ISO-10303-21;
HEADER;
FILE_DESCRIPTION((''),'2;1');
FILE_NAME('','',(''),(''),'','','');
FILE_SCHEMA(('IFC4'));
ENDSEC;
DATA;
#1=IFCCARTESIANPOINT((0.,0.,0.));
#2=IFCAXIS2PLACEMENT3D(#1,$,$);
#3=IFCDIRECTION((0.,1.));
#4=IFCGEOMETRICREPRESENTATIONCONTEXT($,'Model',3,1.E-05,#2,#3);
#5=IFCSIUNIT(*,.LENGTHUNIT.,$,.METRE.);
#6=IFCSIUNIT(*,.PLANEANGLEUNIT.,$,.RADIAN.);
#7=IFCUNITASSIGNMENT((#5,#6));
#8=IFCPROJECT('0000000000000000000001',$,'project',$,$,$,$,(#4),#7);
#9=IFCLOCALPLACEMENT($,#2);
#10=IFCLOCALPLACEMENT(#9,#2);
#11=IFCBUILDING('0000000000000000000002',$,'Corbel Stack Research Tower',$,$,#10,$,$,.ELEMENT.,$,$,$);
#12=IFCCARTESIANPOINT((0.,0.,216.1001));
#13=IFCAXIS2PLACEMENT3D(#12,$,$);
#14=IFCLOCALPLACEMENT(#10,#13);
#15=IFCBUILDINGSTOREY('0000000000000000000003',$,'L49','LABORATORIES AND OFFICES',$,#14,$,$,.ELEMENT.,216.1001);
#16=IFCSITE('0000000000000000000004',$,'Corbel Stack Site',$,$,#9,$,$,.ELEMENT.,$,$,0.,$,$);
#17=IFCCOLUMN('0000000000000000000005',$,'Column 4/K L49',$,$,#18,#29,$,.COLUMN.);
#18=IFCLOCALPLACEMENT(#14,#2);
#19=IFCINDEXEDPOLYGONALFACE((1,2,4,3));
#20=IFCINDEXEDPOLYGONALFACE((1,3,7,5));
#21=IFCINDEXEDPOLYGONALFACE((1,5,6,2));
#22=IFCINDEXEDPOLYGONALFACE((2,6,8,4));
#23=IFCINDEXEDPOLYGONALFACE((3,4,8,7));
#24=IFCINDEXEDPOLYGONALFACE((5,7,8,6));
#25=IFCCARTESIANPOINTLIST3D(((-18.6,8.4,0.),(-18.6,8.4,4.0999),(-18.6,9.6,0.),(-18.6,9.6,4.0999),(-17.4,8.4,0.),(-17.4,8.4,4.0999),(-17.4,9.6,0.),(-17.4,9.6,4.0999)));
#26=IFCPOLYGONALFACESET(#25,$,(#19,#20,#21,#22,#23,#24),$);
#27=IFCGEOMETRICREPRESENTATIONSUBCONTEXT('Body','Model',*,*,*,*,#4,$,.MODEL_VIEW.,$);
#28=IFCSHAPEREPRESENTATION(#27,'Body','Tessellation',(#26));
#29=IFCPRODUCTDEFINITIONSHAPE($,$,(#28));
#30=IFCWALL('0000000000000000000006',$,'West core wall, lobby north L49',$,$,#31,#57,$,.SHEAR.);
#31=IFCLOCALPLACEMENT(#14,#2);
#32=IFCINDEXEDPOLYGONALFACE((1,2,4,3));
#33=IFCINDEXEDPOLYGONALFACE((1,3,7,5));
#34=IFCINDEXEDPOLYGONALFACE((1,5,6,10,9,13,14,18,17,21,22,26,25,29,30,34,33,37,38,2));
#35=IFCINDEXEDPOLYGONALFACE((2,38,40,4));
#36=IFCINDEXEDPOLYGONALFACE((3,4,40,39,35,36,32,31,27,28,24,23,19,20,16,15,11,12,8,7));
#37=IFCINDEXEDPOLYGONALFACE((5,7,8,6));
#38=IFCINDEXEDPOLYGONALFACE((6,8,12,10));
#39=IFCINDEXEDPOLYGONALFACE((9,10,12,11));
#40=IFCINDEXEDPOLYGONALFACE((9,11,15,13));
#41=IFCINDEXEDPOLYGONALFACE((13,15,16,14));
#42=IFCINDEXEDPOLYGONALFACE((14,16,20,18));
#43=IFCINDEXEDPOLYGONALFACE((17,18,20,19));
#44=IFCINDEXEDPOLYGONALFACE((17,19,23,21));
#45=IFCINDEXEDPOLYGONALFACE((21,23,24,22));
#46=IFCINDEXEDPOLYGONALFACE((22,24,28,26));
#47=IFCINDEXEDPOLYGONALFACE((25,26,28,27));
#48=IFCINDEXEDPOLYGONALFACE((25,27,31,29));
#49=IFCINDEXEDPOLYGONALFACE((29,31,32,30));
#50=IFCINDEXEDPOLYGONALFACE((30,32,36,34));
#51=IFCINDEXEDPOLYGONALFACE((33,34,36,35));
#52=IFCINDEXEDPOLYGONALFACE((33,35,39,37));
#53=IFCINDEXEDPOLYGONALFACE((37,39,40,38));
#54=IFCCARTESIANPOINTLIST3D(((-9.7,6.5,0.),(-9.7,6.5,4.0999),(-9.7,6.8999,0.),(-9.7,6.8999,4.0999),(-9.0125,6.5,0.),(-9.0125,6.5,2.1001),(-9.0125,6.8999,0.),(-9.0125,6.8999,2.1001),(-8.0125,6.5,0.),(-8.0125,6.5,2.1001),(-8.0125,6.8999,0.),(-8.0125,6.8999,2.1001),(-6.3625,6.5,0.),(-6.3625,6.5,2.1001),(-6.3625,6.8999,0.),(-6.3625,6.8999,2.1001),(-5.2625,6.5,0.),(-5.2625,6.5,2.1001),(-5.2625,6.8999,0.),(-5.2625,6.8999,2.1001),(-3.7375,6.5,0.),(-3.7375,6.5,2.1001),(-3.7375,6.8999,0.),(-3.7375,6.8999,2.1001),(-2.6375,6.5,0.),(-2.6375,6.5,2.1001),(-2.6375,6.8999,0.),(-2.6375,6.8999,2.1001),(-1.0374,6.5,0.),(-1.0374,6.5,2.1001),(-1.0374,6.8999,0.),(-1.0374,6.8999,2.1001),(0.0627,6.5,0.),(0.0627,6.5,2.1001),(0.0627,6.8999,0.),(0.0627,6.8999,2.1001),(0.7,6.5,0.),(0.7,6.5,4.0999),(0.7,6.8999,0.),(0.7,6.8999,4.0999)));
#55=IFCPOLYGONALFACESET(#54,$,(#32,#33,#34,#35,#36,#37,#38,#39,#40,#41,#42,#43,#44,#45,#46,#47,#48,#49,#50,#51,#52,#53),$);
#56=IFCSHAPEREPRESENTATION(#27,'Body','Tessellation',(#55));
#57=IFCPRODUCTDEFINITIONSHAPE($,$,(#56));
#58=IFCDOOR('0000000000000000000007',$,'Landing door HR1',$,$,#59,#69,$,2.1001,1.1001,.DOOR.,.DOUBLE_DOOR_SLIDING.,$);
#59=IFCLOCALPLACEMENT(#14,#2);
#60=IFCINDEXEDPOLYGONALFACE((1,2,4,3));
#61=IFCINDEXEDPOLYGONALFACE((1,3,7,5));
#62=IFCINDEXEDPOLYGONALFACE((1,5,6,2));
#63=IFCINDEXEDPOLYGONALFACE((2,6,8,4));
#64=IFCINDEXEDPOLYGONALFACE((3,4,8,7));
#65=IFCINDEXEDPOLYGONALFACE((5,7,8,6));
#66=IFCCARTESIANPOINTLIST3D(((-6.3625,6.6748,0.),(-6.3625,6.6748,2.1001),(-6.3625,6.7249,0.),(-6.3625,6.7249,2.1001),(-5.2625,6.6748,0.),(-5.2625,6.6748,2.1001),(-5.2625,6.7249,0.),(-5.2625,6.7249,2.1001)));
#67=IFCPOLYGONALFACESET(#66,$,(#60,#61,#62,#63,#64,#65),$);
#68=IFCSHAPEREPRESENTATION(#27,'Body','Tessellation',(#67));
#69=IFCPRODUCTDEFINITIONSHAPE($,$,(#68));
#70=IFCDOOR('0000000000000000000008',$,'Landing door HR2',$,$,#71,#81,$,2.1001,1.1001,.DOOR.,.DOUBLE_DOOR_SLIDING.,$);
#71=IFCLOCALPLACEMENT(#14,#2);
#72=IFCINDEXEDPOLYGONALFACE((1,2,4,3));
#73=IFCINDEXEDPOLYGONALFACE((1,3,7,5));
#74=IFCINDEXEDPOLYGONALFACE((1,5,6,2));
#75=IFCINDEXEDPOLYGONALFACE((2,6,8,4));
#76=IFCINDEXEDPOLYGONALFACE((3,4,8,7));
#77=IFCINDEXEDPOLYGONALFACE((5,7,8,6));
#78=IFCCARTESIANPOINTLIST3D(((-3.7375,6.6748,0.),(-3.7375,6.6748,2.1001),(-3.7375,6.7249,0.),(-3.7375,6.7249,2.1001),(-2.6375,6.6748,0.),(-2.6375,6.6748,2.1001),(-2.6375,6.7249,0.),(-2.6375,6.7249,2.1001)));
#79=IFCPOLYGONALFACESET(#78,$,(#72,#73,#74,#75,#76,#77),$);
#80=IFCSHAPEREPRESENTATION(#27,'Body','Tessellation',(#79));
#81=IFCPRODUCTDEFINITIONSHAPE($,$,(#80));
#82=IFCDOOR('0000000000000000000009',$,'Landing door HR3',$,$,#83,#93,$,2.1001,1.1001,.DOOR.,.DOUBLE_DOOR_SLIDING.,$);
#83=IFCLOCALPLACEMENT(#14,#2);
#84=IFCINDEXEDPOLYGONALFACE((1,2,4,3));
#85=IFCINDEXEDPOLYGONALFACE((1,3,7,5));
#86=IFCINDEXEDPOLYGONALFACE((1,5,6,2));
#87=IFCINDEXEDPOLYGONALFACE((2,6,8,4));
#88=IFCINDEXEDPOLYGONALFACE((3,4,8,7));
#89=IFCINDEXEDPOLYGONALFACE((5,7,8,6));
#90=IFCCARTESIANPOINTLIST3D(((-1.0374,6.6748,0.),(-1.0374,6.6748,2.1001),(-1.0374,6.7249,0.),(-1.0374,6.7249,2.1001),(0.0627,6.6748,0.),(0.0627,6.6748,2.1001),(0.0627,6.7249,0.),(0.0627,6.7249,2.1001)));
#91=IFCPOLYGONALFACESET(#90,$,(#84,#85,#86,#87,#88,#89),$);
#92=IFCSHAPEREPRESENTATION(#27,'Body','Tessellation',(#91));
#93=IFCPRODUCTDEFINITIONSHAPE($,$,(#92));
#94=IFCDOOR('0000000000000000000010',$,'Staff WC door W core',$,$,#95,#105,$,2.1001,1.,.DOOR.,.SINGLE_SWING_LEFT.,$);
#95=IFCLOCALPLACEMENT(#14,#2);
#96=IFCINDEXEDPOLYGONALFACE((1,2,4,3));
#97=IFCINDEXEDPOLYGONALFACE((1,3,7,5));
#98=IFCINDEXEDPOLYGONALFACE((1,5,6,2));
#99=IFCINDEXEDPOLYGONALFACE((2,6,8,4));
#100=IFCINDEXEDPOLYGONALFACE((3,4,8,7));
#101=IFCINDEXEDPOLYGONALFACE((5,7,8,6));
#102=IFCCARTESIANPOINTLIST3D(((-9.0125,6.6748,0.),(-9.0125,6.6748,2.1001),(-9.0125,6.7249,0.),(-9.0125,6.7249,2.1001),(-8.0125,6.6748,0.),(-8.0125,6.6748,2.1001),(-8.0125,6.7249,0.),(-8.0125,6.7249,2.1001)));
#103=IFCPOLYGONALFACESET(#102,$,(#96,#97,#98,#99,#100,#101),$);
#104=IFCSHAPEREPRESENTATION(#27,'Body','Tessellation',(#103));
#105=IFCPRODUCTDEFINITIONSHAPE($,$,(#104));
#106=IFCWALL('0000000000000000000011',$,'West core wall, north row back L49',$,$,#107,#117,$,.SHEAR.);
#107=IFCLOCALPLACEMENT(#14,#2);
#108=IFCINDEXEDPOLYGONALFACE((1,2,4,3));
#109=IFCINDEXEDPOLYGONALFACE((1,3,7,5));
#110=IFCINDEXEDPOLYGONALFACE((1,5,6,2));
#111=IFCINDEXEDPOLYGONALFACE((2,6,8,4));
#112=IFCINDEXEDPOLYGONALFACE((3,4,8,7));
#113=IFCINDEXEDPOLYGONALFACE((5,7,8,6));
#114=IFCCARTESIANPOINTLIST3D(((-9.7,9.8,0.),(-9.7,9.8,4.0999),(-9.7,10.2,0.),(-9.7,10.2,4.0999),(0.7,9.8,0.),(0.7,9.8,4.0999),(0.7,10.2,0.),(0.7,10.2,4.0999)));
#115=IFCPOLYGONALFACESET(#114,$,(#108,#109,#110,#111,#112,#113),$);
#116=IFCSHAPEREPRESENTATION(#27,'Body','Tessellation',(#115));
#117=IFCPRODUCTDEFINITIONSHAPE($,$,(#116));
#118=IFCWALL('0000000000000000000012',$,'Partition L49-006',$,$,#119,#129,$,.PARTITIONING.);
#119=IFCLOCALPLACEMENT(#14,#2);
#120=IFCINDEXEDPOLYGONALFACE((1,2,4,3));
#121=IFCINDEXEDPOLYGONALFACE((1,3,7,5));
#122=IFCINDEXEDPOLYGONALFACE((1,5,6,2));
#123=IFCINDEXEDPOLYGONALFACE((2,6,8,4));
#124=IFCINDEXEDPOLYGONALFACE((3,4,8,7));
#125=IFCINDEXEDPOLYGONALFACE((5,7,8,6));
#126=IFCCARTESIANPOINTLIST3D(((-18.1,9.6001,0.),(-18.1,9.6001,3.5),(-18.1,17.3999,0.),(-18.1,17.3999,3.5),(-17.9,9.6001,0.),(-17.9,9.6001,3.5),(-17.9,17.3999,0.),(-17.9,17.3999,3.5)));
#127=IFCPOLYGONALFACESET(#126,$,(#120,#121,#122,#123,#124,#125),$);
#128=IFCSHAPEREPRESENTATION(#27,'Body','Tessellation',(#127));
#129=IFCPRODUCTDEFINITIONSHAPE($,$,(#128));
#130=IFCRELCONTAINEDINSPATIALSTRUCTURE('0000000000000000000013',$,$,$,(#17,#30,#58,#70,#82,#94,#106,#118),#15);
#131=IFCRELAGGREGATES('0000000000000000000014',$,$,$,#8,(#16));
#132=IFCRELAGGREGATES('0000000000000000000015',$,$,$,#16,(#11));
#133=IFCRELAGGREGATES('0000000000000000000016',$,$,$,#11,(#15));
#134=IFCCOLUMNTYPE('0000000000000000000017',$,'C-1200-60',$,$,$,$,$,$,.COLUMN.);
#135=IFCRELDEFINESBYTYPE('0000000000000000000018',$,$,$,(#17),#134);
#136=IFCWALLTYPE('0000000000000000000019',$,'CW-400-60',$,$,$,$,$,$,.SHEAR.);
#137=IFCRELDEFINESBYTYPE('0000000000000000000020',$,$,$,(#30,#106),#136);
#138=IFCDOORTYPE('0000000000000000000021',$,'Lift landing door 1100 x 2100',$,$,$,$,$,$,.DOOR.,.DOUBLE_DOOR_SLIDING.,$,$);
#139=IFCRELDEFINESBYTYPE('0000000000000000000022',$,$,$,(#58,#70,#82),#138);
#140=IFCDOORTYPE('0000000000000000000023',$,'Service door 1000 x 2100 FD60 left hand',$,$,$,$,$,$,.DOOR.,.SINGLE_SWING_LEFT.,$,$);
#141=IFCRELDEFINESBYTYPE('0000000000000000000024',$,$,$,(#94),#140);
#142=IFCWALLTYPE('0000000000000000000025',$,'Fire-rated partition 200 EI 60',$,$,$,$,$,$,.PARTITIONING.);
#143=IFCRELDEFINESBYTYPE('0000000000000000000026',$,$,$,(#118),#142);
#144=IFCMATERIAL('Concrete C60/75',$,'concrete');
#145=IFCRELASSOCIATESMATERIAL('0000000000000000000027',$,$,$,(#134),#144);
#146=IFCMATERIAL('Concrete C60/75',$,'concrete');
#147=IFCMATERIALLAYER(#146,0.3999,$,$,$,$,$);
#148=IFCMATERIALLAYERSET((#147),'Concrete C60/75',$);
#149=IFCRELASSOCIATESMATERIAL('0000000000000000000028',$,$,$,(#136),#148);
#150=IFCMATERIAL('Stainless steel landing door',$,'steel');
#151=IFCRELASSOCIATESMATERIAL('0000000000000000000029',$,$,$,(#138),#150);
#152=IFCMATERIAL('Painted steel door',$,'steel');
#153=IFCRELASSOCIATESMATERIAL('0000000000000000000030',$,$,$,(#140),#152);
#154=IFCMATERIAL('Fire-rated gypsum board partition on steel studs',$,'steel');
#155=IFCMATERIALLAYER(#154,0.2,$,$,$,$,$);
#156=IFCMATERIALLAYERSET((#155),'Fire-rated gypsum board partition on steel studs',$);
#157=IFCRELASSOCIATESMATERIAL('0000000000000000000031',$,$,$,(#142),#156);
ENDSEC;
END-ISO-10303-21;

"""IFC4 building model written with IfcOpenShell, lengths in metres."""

from ifc_helpers import new_model, si_unit, direction, frame, frame_2d, origin, origin_2d, place, context, subcontext, project, spatial, rectangle, extrude, material, layer, layer_set, material_profile, profile_set, type_object, element, fill, save


model = new_model("IFC4")

# Units and contexts
model_context = context("Model", 3, precision=1e-05, world=origin(), true_north=direction((0.0, 1.0)))
body_context = subcontext(model_context, "Body", "Model", "MODEL_VIEW")
ifc_project = project(units=[si_unit("LENGTHUNIT", "METRE"), si_unit("PLANEANGLEUNIT", "RADIAN")], contexts=[model_context])

# Site, building, storey
site_placement = place(None, origin())
site = spatial("IfcSite", under=ifc_project, at=site_placement, Name="Corbel Stack Site", CompositionType="ELEMENT", RefElevation=0.0)
building_placement = place(site_placement, origin())
building = spatial("IfcBuilding", under=site, at=building_placement, Name="Corbel Stack Research Tower", CompositionType="ELEMENT")
storey_placement = place(building_placement, frame((0.0, 0.0, 216.1001)))
storey = spatial("IfcBuildingStorey", under=building, at=storey_placement, Name="L49", Description="LABORATORIES AND OFFICES", CompositionType="ELEMENT", Elevation=216.1001)

# Column
ifc_material_1 = material(Name="Concrete C60/75", Category="concrete")
ifc_material_profile = material_profile(ifc_material_1, rectangle(XDim=1.2, YDim=1.2, at=origin_2d()), Name="RC 1200 x 1200")
ifc_profile_set = profile_set([ifc_material_profile], Name="Concrete C60/75")
column_type = type_object("IfcColumnType", Name="C-1200-60", PredefinedType="COLUMN", material=ifc_profile_set)
column_placement = place(storey_placement, frame((-18.0, 9.0, 0.0), z_axis=(0.0, 0.0, 1.0), x_axis=(1.0, 0.0, 0.0)))
element("IfcColumn", 1, at=column_placement, inside=storey, type_object=column_type, Name="Column 4/K L49", PredefinedType="COLUMN", context=body_context, shape_type="SweptSolid", body=[
    extrude(rectangle(XDim=1.2, YDim=1.2, at=origin_2d()), origin(), (0.0, 0.0, 1.0), 4.0999),
])

# Wall, openings, doors
ifc_material_2 = material(Name="Concrete C60/75", Category="concrete")
ifc_layer_1 = layer(ifc_material_2, 0.3999)
ifc_layer_set_1 = layer_set([ifc_layer_1], Name="Concrete C60/75")
wall_type_1 = type_object("IfcWallType", Name="CW-400-60", PredefinedType="SHEAR", material=ifc_layer_set_1)
wall_1_placement = place(storey_placement, frame((-9.7, 6.7, 0.0), z_axis=(0.0, 0.0, 1.0), x_axis=(1.0, 0.0, 0.0)))
wall_1 = element("IfcWall", 2, at=wall_1_placement, inside=storey, type_object=wall_type_1, Name="West core wall, lobby north L49", PredefinedType="SHEAR", context=body_context, shape_type="SweptSolid", body=[
    extrude(rectangle(XDim=10.3999, YDim=0.3999, at=frame_2d((5.2, 0.0))), origin(), (0.0, 0.0, 1.0), 4.0999),
])
opening_1_placement = place(wall_1_placement, frame((3.3374, 0.0, 0.0)))
opening_1 = element("IfcOpeningElement", 3, at=opening_1_placement, cuts=wall_1, PredefinedType="OPENING", context=body_context, shape_type="SweptSolid", body=[
    extrude(rectangle(XDim=1.1001, YDim=2.1001, at=frame_2d((0.55, 1.05))), frame((0.0, 0.21, 0.0), z_axis=(0.0, -1.0, 0.0), x_axis=(1.0, 0.0, 0.0)), (0.0, 0.0, 1.0), 0.4199),
])
opening_2_placement = place(wall_1_placement, frame((5.9624, 0.0, 0.0)))
opening_2 = element("IfcOpeningElement", 4, at=opening_2_placement, cuts=wall_1, PredefinedType="OPENING", context=body_context, shape_type="SweptSolid", body=[
    extrude(rectangle(XDim=1.1001, YDim=2.1001, at=frame_2d((0.55, 1.05))), frame((0.0, 0.21, 0.0), z_axis=(0.0, -1.0, 0.0), x_axis=(1.0, 0.0, 0.0)), (0.0, 0.0, 1.0), 0.4199),
])
opening_3_placement = place(wall_1_placement, frame((8.6626, 0.0, 0.0)))
opening_3 = element("IfcOpeningElement", 5, at=opening_3_placement, cuts=wall_1, PredefinedType="OPENING", context=body_context, shape_type="SweptSolid", body=[
    extrude(rectangle(XDim=1.1001, YDim=2.1001, at=frame_2d((0.55, 1.05))), frame((0.0, 0.21, 0.0), z_axis=(0.0, -1.0, 0.0), x_axis=(1.0, 0.0, 0.0)), (0.0, 0.0, 1.0), 0.4199),
])
opening_4_placement = place(wall_1_placement, frame((0.6875, 0.0, 0.0)))
opening_4 = element("IfcOpeningElement", 6, at=opening_4_placement, cuts=wall_1, PredefinedType="OPENING", context=body_context, shape_type="SweptSolid", body=[
    extrude(rectangle(XDim=1.0, YDim=2.1001, at=frame_2d((0.5, 1.05))), frame((0.0, 0.21, 0.0), z_axis=(0.0, -1.0, 0.0), x_axis=(1.0, 0.0, 0.0)), (0.0, 0.0, 1.0), 0.4199),
])
ifc_material_3 = material(Name="Stainless steel landing door", Category="steel")
door_type_1 = type_object("IfcDoorType", Name="Lift landing door 1100 x 2100", OperationType="DOUBLE_DOOR_SLIDING", PredefinedType="DOOR", material=ifc_material_3)
door_1_placement = place(opening_1_placement, origin())
door_1 = element("IfcDoor", 7, at=door_1_placement, inside=storey, type_object=door_type_1, Name="Landing door HR1", OperationType="DOUBLE_DOOR_SLIDING", OverallHeight=2.1001, OverallWidth=1.1001, PredefinedType="DOOR", context=body_context, shape_type="SweptSolid", body=[
    extrude(rectangle(XDim=1.1001, YDim=2.1001, at=frame_2d((0.55, 1.05))), frame((0.0, 0.0249, 0.0), z_axis=(0.0, -1.0, 0.0), x_axis=(1.0, 0.0, 0.0)), (0.0, 0.0, 1.0), 0.05),
])
fill(opening_1, door_1)
door_2_placement = place(opening_2_placement, origin())
door_2 = element("IfcDoor", 8, at=door_2_placement, inside=storey, type_object=door_type_1, Name="Landing door HR2", OperationType="DOUBLE_DOOR_SLIDING", OverallHeight=2.1001, OverallWidth=1.1001, PredefinedType="DOOR", context=body_context, shape_type="SweptSolid", body=[
    extrude(rectangle(XDim=1.1001, YDim=2.1001, at=frame_2d((0.55, 1.05))), frame((0.0, 0.0249, 0.0), z_axis=(0.0, -1.0, 0.0), x_axis=(1.0, 0.0, 0.0)), (0.0, 0.0, 1.0), 0.05),
])
fill(opening_2, door_2)
door_3_placement = place(opening_3_placement, origin())
door_3 = element("IfcDoor", 9, at=door_3_placement, inside=storey, type_object=door_type_1, Name="Landing door HR3", OperationType="DOUBLE_DOOR_SLIDING", OverallHeight=2.1001, OverallWidth=1.1001, PredefinedType="DOOR", context=body_context, shape_type="SweptSolid", body=[
    extrude(rectangle(XDim=1.1001, YDim=2.1001, at=frame_2d((0.55, 1.05))), frame((0.0, 0.0249, 0.0), z_axis=(0.0, -1.0, 0.0), x_axis=(1.0, 0.0, 0.0)), (0.0, 0.0, 1.0), 0.05),
])
fill(opening_3, door_3)
ifc_material_4 = material(Name="Painted steel door", Category="steel")
door_type_2 = type_object("IfcDoorType", Name="Service door 1000 x 2100 FD60 left hand", OperationType="SINGLE_SWING_LEFT", PredefinedType="DOOR", material=ifc_material_4)
door_4_placement = place(opening_4_placement, origin())
door_4 = element("IfcDoor", 10, at=door_4_placement, inside=storey, type_object=door_type_2, Name="Staff WC door W core", OperationType="SINGLE_SWING_LEFT", OverallHeight=2.1001, OverallWidth=1.0, PredefinedType="DOOR", context=body_context, shape_type="SweptSolid", body=[
    extrude(rectangle(XDim=1.0, YDim=2.1001, at=frame_2d((0.5, 1.05))), frame((0.0, 0.0249, 0.0), z_axis=(0.0, -1.0, 0.0), x_axis=(1.0, 0.0, 0.0)), (0.0, 0.0, 1.0), 0.05),
])
fill(opening_4, door_4)

# Walls
wall_2_placement = place(storey_placement, frame((-9.7, 10.0, 0.0), z_axis=(0.0, 0.0, 1.0), x_axis=(1.0, 0.0, 0.0)))
element("IfcWall", 11, at=wall_2_placement, inside=storey, type_object=wall_type_1, Name="West core wall, north row back L49", PredefinedType="SHEAR", context=body_context, shape_type="SweptSolid", body=[
    extrude(rectangle(XDim=10.3999, YDim=0.3999, at=frame_2d((5.2, 0.0))), origin(), (0.0, 0.0, 1.0), 4.0999),
])
ifc_material_5 = material(Name="Fire-rated gypsum board partition on steel studs", Category="steel")
ifc_layer_2 = layer(ifc_material_5, 0.2)
ifc_layer_set_2 = layer_set([ifc_layer_2], Name="Fire-rated gypsum board partition on steel studs")
wall_type_2 = type_object("IfcWallType", Name="Fire-rated partition 200 EI 60", PredefinedType="PARTITIONING", material=ifc_layer_set_2)
wall_3_placement = place(storey_placement, frame((-18.0, 9.6001, 0.0), z_axis=(0.0, 0.0, 1.0), x_axis=(0.0, 1.0, 0.0)))
element("IfcWall", 12, at=wall_3_placement, inside=storey, type_object=wall_type_2, Name="Partition L49-006", PredefinedType="PARTITIONING", context=body_context, shape_type="SweptSolid", body=[
    extrude(rectangle(XDim=7.7998, YDim=0.2, at=frame_2d((3.8999, 0.0))), origin(), (0.0, 0.0, 1.0), 3.5),
])

save(model, "model.ifc")
